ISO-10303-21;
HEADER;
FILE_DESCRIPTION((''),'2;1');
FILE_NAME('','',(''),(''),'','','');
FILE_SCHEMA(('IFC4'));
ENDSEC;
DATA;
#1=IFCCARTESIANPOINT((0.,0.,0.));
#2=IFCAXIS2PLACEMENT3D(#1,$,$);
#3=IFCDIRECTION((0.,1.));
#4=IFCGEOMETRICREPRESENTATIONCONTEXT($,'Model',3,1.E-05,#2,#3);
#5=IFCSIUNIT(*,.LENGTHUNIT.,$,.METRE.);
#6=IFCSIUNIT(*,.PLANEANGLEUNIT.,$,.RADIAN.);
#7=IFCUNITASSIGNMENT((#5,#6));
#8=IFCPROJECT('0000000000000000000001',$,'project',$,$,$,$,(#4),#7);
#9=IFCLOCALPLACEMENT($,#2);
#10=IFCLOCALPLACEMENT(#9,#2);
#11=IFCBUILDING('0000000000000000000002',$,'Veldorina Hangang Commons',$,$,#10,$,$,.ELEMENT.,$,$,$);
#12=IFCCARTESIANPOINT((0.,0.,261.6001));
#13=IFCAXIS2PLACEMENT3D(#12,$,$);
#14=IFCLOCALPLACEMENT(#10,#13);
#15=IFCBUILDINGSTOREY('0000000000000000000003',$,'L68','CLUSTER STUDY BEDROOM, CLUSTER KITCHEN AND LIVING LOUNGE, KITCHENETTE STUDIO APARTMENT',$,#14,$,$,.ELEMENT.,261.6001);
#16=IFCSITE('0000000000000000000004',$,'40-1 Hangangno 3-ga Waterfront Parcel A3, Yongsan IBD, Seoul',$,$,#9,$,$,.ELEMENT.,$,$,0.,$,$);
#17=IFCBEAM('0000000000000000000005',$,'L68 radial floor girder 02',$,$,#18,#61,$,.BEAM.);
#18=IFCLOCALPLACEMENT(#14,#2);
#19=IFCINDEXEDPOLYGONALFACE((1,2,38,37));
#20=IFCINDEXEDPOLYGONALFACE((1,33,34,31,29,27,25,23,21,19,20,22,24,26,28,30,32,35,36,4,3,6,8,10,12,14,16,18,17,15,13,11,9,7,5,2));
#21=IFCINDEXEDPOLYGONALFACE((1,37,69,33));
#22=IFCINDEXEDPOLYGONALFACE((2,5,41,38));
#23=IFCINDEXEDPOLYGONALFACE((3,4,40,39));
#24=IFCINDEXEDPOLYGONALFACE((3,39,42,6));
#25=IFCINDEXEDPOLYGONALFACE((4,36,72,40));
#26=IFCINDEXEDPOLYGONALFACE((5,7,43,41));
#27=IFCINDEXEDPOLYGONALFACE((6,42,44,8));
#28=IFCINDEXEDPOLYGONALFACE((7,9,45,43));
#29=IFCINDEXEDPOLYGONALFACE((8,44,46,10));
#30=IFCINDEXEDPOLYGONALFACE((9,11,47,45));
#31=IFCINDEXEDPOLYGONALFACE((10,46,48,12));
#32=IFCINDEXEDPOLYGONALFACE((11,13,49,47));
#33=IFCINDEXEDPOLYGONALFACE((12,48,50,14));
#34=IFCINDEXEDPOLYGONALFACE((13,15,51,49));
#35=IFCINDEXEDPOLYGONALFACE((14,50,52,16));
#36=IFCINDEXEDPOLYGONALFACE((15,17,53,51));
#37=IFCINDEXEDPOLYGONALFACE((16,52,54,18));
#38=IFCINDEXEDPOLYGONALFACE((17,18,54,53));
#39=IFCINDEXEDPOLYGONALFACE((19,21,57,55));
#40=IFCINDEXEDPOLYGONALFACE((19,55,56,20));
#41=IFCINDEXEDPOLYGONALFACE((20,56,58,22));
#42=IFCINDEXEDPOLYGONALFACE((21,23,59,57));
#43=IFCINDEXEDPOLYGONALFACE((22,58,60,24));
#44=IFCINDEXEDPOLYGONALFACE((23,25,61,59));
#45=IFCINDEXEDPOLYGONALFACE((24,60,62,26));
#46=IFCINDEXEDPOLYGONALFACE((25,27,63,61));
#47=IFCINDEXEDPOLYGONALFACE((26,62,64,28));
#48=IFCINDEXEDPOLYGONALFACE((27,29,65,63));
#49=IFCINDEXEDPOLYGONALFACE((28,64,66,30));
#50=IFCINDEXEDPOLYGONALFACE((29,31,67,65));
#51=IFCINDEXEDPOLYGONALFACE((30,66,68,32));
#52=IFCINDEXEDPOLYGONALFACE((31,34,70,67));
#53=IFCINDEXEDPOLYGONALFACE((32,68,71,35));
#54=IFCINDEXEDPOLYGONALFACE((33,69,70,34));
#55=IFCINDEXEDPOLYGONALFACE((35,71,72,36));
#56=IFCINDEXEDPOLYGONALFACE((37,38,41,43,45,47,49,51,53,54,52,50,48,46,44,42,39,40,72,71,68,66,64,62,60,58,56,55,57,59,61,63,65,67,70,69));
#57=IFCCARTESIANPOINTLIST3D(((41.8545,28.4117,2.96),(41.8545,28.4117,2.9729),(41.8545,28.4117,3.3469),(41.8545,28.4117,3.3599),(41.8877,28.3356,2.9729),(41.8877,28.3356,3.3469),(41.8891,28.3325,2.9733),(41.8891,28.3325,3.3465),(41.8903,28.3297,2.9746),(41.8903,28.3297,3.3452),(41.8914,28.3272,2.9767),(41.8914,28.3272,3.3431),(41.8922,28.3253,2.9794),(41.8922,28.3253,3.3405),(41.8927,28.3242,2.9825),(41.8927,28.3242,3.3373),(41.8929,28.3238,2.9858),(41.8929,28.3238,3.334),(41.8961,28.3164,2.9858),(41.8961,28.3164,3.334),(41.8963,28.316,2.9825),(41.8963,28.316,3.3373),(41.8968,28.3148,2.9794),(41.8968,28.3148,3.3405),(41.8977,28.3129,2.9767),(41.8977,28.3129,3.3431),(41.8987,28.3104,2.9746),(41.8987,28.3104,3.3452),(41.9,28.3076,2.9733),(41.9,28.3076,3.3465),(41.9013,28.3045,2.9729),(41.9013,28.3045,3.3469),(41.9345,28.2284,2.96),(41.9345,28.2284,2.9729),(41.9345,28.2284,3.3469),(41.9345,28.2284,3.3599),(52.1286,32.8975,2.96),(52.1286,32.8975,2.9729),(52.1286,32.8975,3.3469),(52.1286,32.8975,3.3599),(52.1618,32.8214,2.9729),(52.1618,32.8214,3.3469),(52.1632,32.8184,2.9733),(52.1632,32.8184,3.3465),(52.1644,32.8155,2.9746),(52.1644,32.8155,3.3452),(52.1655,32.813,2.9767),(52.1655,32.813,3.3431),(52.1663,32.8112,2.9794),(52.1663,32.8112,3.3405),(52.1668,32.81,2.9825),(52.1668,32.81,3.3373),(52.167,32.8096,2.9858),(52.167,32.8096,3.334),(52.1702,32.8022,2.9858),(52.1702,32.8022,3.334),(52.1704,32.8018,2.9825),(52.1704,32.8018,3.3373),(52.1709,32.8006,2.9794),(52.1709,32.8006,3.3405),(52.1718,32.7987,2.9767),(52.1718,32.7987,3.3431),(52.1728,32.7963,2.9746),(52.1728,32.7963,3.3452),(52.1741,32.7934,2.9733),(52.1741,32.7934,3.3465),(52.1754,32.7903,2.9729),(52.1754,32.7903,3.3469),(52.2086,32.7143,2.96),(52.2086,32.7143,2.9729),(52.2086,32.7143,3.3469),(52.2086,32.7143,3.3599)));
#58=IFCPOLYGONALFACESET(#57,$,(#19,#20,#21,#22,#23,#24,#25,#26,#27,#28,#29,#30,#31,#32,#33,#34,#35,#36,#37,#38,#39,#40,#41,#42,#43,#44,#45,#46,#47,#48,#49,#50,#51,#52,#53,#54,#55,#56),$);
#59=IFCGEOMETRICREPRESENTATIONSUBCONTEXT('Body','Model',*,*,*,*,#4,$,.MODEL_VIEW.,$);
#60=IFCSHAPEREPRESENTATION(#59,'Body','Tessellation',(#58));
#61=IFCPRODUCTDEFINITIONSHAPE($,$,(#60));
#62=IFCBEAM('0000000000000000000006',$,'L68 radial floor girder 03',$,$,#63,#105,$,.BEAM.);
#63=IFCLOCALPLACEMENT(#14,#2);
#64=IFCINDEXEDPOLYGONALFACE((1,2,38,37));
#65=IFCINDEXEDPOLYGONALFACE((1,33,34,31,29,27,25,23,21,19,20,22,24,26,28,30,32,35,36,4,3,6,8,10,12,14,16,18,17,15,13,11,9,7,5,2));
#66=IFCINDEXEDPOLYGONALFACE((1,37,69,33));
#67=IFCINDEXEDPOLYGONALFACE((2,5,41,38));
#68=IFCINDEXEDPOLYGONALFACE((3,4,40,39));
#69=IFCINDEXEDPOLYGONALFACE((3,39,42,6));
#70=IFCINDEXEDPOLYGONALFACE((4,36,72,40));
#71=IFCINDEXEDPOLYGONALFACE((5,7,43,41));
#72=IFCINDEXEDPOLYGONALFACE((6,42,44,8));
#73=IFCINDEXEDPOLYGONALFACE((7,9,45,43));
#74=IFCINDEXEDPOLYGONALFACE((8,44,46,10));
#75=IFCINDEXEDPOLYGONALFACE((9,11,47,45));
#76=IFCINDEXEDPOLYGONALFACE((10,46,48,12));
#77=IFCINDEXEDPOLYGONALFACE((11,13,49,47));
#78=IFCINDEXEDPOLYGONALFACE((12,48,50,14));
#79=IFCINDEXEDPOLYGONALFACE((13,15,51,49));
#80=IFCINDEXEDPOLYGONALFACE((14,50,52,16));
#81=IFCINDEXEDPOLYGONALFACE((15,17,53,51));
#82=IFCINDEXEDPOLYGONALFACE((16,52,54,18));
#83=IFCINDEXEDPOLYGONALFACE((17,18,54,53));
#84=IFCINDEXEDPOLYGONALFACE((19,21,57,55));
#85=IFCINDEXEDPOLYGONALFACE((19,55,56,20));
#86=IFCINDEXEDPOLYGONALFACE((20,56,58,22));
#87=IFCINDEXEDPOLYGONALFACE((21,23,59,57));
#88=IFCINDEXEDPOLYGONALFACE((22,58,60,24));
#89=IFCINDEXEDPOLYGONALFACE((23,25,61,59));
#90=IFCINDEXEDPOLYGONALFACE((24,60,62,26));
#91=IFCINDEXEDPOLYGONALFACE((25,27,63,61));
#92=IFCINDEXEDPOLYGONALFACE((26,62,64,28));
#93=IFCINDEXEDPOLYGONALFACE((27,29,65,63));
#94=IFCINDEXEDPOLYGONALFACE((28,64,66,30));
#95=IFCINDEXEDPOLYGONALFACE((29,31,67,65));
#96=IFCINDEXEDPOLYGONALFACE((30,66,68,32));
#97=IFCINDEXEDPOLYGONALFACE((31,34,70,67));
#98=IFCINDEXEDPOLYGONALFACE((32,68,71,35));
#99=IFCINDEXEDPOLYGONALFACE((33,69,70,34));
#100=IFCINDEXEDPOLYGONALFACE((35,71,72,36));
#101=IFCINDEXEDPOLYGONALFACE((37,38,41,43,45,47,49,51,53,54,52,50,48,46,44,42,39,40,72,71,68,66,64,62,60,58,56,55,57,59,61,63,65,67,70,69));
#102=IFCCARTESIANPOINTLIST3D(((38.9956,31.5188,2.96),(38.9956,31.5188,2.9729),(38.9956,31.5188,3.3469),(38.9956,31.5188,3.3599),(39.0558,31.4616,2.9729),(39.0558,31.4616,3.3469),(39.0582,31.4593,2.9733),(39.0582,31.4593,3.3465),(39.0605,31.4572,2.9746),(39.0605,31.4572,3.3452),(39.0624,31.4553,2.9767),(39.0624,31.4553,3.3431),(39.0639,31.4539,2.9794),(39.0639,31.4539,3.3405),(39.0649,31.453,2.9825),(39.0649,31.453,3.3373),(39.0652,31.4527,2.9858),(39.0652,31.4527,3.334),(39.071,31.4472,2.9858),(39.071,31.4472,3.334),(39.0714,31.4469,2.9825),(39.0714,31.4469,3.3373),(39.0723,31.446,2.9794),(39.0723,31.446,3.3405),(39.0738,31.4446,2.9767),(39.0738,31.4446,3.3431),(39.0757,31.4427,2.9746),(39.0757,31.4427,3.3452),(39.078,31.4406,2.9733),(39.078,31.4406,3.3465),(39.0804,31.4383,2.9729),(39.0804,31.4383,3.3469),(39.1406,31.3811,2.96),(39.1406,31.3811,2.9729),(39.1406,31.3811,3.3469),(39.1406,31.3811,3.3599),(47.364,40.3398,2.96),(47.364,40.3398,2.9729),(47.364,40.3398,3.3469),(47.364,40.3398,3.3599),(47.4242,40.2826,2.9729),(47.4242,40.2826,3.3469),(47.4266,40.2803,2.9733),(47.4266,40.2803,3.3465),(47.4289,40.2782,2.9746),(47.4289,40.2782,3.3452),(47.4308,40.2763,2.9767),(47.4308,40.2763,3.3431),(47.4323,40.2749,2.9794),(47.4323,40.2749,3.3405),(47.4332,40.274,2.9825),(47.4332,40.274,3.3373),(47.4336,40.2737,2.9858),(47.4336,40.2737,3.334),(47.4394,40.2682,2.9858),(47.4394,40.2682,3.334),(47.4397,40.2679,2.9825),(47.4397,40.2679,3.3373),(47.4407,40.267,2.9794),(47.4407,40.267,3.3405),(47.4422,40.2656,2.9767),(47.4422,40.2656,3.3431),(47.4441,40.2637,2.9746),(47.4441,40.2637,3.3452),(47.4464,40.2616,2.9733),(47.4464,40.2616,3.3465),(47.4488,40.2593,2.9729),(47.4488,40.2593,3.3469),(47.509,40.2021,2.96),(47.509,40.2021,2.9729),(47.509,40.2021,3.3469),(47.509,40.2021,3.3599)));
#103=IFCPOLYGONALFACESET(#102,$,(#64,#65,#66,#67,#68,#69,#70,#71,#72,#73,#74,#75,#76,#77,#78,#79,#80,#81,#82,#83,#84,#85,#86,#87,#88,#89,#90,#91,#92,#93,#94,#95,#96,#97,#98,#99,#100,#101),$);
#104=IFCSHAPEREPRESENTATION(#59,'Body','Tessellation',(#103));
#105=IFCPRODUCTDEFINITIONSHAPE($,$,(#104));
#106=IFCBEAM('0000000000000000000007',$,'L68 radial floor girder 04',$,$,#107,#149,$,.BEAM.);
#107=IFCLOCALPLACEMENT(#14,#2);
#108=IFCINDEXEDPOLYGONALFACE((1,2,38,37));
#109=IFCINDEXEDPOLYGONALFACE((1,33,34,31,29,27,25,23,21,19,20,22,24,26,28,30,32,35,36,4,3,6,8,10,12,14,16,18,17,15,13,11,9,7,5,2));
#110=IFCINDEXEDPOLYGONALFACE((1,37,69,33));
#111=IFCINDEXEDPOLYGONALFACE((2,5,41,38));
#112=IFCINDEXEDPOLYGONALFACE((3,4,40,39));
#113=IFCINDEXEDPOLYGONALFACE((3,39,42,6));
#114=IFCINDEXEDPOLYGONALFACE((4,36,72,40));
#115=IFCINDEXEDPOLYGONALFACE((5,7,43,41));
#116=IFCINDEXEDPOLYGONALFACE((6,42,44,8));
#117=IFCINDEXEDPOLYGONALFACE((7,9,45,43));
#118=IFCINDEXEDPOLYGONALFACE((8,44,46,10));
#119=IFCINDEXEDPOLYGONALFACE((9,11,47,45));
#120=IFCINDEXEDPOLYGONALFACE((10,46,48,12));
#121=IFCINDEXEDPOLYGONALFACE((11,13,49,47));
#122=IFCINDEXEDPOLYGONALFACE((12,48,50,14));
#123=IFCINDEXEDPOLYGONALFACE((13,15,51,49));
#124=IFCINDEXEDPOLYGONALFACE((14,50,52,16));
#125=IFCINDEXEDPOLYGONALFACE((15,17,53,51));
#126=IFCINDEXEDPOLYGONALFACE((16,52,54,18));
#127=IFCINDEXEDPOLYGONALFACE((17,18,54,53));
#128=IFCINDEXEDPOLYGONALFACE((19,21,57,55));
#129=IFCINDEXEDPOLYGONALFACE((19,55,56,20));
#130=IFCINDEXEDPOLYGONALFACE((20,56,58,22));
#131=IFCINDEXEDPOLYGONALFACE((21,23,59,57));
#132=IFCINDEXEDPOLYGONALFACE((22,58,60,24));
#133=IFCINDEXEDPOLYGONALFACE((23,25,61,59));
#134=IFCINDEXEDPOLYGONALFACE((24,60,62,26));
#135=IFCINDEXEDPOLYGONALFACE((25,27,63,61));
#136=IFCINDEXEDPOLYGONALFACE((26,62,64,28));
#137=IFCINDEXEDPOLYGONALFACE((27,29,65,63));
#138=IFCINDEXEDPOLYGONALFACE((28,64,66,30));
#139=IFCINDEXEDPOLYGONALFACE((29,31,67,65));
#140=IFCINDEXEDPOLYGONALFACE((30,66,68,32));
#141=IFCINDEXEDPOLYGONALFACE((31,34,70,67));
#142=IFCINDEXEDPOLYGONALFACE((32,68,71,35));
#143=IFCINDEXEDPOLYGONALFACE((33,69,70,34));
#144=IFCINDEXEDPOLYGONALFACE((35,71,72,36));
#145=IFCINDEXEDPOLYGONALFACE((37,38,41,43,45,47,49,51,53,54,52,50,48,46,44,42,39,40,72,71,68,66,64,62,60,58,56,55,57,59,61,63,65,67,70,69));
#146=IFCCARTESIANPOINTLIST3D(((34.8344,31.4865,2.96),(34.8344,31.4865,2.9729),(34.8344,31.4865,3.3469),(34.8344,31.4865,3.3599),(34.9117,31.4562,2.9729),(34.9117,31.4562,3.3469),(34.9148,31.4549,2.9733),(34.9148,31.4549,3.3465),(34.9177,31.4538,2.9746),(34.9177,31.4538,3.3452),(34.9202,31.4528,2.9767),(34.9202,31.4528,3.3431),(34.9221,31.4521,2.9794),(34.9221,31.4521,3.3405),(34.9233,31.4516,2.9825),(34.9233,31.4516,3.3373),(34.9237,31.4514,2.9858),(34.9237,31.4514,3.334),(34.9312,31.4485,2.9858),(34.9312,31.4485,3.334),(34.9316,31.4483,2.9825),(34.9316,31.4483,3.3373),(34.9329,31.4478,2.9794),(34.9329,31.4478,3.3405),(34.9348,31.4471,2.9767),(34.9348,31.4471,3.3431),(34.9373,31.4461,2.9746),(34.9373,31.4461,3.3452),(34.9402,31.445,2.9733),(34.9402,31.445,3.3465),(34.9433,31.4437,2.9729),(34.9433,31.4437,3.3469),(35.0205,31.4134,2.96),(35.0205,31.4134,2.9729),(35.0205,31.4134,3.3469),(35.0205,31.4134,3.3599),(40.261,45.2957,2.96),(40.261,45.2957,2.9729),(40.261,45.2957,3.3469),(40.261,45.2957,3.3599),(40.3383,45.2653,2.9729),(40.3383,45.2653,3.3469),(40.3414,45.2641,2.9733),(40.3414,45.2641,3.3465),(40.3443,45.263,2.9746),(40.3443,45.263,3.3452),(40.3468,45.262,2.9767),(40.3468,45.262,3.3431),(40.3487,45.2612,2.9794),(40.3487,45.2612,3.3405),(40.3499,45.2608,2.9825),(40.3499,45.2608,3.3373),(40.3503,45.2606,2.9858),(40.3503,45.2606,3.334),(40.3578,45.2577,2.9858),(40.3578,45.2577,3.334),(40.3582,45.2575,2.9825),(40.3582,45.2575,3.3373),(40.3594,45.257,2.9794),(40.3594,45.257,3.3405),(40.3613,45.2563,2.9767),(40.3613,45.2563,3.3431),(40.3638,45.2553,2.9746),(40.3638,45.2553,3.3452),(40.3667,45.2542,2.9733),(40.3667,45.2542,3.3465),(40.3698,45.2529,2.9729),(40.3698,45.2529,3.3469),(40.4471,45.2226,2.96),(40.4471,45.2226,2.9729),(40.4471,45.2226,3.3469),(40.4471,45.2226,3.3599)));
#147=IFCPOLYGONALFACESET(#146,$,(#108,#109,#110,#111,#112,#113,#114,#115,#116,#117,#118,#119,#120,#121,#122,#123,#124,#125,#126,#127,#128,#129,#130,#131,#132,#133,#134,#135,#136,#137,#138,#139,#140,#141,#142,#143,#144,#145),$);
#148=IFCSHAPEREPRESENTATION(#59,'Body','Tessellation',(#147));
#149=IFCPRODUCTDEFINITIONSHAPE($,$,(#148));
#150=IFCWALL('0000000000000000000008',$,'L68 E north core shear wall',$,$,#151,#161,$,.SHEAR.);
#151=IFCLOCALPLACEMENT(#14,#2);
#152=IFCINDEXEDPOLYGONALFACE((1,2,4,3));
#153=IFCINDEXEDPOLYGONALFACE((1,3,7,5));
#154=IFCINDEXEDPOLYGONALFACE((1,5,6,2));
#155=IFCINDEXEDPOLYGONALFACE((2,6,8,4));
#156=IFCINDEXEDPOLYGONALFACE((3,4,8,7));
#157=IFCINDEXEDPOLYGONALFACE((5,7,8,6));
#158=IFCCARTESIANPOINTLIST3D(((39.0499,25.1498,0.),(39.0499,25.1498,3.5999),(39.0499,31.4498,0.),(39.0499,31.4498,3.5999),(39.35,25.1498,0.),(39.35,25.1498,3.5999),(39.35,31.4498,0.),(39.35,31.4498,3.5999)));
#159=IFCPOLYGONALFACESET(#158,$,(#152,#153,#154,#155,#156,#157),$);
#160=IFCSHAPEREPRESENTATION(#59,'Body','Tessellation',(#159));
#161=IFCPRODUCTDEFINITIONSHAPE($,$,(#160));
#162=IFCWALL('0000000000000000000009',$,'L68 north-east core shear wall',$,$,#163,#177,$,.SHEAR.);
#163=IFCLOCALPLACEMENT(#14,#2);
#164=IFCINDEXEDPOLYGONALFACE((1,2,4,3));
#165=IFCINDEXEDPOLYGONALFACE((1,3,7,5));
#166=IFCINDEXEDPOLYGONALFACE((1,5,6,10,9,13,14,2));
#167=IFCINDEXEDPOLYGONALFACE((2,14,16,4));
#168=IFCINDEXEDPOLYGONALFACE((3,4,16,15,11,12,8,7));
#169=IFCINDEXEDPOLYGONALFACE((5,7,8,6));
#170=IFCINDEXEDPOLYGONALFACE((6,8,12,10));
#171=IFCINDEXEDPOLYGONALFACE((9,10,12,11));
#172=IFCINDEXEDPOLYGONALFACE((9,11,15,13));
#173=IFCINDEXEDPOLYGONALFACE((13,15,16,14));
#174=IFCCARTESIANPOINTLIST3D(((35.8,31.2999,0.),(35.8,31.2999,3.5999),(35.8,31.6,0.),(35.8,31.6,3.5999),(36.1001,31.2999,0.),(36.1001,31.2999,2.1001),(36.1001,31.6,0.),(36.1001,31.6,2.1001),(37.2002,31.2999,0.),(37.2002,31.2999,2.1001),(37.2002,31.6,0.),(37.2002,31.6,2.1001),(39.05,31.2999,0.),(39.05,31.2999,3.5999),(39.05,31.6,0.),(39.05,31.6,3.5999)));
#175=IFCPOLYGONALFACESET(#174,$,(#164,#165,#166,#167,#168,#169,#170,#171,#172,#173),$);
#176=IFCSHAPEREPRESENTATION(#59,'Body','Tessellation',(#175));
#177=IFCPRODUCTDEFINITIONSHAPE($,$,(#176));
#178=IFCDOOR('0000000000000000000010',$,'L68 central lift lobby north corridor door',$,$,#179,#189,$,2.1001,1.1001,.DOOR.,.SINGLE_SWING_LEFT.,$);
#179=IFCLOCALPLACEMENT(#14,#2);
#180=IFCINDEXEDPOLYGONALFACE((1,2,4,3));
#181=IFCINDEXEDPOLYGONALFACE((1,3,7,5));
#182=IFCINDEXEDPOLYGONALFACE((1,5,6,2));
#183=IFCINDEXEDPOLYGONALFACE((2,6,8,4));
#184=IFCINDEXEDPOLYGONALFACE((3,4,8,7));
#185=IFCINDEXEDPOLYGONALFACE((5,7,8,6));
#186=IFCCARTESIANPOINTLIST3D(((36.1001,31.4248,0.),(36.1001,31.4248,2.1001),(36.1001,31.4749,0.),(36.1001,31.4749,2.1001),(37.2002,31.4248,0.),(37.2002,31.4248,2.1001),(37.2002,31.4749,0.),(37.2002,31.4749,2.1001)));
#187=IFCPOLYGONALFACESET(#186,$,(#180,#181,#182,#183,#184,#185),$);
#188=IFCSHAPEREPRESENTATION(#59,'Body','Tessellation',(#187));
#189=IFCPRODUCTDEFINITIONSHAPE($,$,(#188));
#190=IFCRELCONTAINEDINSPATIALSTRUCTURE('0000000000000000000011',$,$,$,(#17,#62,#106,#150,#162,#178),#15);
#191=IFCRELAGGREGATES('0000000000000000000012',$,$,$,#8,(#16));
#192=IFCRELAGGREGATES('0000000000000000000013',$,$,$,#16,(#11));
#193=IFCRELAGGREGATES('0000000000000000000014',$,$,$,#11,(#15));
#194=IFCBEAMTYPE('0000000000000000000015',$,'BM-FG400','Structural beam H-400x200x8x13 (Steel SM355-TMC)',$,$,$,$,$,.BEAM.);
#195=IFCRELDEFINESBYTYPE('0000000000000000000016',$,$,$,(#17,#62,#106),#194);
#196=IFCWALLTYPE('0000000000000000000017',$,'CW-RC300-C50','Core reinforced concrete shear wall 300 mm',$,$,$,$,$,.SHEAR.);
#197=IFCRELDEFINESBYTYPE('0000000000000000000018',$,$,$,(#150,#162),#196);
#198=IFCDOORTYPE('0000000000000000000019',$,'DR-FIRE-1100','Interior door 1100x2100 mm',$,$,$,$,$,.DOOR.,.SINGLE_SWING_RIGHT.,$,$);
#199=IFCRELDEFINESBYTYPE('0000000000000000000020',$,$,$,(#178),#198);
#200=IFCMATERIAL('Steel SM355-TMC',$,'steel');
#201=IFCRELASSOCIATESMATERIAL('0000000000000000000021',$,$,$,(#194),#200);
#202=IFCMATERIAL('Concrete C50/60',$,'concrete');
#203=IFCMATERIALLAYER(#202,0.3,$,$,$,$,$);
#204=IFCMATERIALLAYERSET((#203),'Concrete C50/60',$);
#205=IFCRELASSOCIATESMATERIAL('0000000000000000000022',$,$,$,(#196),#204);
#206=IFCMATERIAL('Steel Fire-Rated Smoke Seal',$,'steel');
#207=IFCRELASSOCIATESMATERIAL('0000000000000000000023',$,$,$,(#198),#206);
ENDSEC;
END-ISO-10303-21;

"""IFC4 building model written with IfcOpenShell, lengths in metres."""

from ifc_helpers import new_model, si_unit, direction, frame, frame_2d, origin, origin_2d, place, context, subcontext, project, spatial, rectangle, i_section, extrude, material, layer, layer_set, material_profile, profile_set, type_object, element, fill, save


model = new_model("IFC4")

# Units and contexts
model_context = context("Model", 3, precision=1e-05, world=origin(), true_north=direction((0.0, 1.0)))
body_context = subcontext(model_context, "Body", "Model", "MODEL_VIEW")
ifc_project = project(units=[si_unit("LENGTHUNIT", "METRE"), si_unit("PLANEANGLEUNIT", "RADIAN")], contexts=[model_context])

# Site, building, storey
site_placement = place(None, origin())
site = spatial("IfcSite", under=ifc_project, at=site_placement, Name="40-1 Hangangno 3-ga Waterfront Parcel A3, Yongsan IBD, Seoul", CompositionType="ELEMENT", RefElevation=0.0)
building_placement = place(site_placement, origin())
building = spatial("IfcBuilding", under=site, at=building_placement, Name="Veldorina Hangang Commons", CompositionType="ELEMENT")
storey_placement = place(building_placement, frame((0.0, 0.0, 261.6001)))
storey = spatial("IfcBuildingStorey", under=building, at=storey_placement, Name="L68", Description="CLUSTER STUDY BEDROOM, CLUSTER KITCHEN AND LIVING LOUNGE, KITCHENETTE STUDIO APARTMENT", CompositionType="ELEMENT", Elevation=261.6001)

# Beams
ifc_material_1 = material(Name="Steel SM355-TMC", Category="steel")
ifc_material_profile = material_profile(ifc_material_1, i_section(OverallWidth=0.2, OverallDepth=0.3999, WebThickness=0.0081, FlangeThickness=0.0129, FilletRadius=0.0129, at=origin_2d()), Name="H-400x200x8x13")
ifc_profile_set = profile_set([ifc_material_profile], Name="Steel SM355-TMC")
beam_type = type_object("IfcBeamType", Name="BM-FG400", Description="Structural beam H-400x200x8x13 (Steel SM355-TMC)", PredefinedType="BEAM", material=ifc_profile_set)
beam_1_placement = place(storey_placement, frame((41.8945, 28.3201, 3.1599), z_axis=(0.916455, 0.400137, 0.0), x_axis=(-0.400137, 0.916455, 0.0)))
element("IfcBeam", 1, at=beam_1_placement, inside=storey, type_object=beam_type, Name="L68 radial floor girder 02", PredefinedType="BEAM", context=body_context, shape_type="SweptSolid", body=[
    extrude(i_section(OverallWidth=0.2, OverallDepth=0.3999, WebThickness=0.0081, FlangeThickness=0.0129, FilletRadius=0.0129, at=origin_2d()), origin(), (0.0, 0.0, 1.0), 11.2107),
])
beam_2_placement = place(storey_placement, frame((39.0681, 31.45, 3.1599), z_axis=(0.688249, 0.725475, 0.0), x_axis=(-0.725475, 0.688249, 0.0)))
element("IfcBeam", 2, at=beam_2_placement, inside=storey, type_object=beam_type, Name="L68 radial floor girder 03", PredefinedType="BEAM", context=body_context, shape_type="SweptSolid", body=[
    extrude(i_section(OverallWidth=0.2, OverallDepth=0.3999, WebThickness=0.0081, FlangeThickness=0.0129, FilletRadius=0.0129, at=origin_2d()), origin(), (0.0, 0.0, 1.0), 12.1589),
])
beam_3_placement = place(storey_placement, frame((34.9275, 31.45, 3.1599), z_axis=(0.365741, 0.930717, 0.0), x_axis=(-0.930717, 0.365741, 0.0)))
element("IfcBeam", 3, at=beam_3_placement, inside=storey, type_object=beam_type, Name="L68 radial floor girder 04", PredefinedType="BEAM", context=body_context, shape_type="SweptSolid", body=[
    extrude(i_section(OverallWidth=0.2, OverallDepth=0.3999, WebThickness=0.0081, FlangeThickness=0.0129, FilletRadius=0.0129, at=origin_2d()), origin(), (0.0, 0.0, 1.0), 14.8372),
])

# Wall
ifc_material_2 = material(Name="Concrete C50/60", Category="concrete")
ifc_layer_1 = layer(ifc_material_2, 0.3)
ifc_layer_set_1 = layer_set([ifc_layer_1], Name="Concrete C50/60")
wall_type_1 = type_object("IfcWallType", Name="CW-RC300-C50", Description="Core reinforced concrete shear wall 300 mm", PredefinedType="SHEAR", material=ifc_layer_set_1)
wall_1_placement = place(storey_placement, frame((39.2, 25.1499, 0.0), z_axis=(0.0, 0.0, 1.0), x_axis=(0.0, 1.0, 0.0)))
element("IfcWall", 4, at=wall_1_placement, inside=storey, type_object=wall_type_1, Name="L68 E north core shear wall", PredefinedType="SHEAR", context=body_context, shape_type="SweptSolid", body=[
    extrude(rectangle(XDim=6.3, YDim=0.3, at=frame_2d((3.1499, 0.0))), origin(), (0.0, 0.0, 1.0), 3.5999),
])

# Wall, opening, door
wall_2_placement = place(storey_placement, frame((35.8, 31.45, 0.0), z_axis=(0.0, 0.0, 1.0), x_axis=(1.0, 0.0, 0.0)))
wall_2 = element("IfcWall", 5, at=wall_2_placement, inside=storey, type_object=wall_type_1, Name="L68 north-east core shear wall", PredefinedType="SHEAR", context=body_context, shape_type="SweptSolid", body=[
    extrude(rectangle(XDim=3.25, YDim=0.3, at=frame_2d((1.625, 0.0))), origin(), (0.0, 0.0, 1.0), 3.5999),
])
opening_1_placement = place(wall_2_placement, frame((0.3, 0.0, 0.0)))
opening_1 = element("IfcOpeningElement", 6, at=opening_1_placement, cuts=wall_2, PredefinedType="OPENING", context=body_context, shape_type="SweptSolid", body=[
    extrude(rectangle(XDim=1.1001, YDim=2.1001, at=frame_2d((0.55, 1.05))), frame((0.0, 0.1602, 0.0), z_axis=(0.0, -1.0, 0.0), x_axis=(1.0, 0.0, 0.0)), (0.0, 0.0, 1.0), 0.3201),
])
ifc_material_3 = material(Name="Steel Fire-Rated Smoke Seal", Category="steel")
door_type_1 = type_object("IfcDoorType", Name="DR-FIRE-1100", Description="Interior door 1100x2100 mm", OperationType="SINGLE_SWING_RIGHT", PredefinedType="DOOR", material=ifc_material_3)
door_1_placement = place(opening_1_placement, origin())
door_1 = element("IfcDoor", 7, at=door_1_placement, inside=storey, type_object=door_type_1, Name="L68 central lift lobby north corridor door", OperationType="SINGLE_SWING_LEFT", OverallHeight=2.1001, OverallWidth=1.1001, PredefinedType="DOOR", context=body_context, shape_type="SweptSolid", body=[
    extrude(rectangle(XDim=1.1001, YDim=2.1001, at=frame_2d((0.55, 1.05))), frame((0.0, 0.0249, 0.0), z_axis=(0.0, -1.0, 0.0), x_axis=(1.0, 0.0, 0.0)), (0.0, 0.0, 1.0), 0.05),
])
fill(opening_1, door_1)

save(model, "model.ifc")
